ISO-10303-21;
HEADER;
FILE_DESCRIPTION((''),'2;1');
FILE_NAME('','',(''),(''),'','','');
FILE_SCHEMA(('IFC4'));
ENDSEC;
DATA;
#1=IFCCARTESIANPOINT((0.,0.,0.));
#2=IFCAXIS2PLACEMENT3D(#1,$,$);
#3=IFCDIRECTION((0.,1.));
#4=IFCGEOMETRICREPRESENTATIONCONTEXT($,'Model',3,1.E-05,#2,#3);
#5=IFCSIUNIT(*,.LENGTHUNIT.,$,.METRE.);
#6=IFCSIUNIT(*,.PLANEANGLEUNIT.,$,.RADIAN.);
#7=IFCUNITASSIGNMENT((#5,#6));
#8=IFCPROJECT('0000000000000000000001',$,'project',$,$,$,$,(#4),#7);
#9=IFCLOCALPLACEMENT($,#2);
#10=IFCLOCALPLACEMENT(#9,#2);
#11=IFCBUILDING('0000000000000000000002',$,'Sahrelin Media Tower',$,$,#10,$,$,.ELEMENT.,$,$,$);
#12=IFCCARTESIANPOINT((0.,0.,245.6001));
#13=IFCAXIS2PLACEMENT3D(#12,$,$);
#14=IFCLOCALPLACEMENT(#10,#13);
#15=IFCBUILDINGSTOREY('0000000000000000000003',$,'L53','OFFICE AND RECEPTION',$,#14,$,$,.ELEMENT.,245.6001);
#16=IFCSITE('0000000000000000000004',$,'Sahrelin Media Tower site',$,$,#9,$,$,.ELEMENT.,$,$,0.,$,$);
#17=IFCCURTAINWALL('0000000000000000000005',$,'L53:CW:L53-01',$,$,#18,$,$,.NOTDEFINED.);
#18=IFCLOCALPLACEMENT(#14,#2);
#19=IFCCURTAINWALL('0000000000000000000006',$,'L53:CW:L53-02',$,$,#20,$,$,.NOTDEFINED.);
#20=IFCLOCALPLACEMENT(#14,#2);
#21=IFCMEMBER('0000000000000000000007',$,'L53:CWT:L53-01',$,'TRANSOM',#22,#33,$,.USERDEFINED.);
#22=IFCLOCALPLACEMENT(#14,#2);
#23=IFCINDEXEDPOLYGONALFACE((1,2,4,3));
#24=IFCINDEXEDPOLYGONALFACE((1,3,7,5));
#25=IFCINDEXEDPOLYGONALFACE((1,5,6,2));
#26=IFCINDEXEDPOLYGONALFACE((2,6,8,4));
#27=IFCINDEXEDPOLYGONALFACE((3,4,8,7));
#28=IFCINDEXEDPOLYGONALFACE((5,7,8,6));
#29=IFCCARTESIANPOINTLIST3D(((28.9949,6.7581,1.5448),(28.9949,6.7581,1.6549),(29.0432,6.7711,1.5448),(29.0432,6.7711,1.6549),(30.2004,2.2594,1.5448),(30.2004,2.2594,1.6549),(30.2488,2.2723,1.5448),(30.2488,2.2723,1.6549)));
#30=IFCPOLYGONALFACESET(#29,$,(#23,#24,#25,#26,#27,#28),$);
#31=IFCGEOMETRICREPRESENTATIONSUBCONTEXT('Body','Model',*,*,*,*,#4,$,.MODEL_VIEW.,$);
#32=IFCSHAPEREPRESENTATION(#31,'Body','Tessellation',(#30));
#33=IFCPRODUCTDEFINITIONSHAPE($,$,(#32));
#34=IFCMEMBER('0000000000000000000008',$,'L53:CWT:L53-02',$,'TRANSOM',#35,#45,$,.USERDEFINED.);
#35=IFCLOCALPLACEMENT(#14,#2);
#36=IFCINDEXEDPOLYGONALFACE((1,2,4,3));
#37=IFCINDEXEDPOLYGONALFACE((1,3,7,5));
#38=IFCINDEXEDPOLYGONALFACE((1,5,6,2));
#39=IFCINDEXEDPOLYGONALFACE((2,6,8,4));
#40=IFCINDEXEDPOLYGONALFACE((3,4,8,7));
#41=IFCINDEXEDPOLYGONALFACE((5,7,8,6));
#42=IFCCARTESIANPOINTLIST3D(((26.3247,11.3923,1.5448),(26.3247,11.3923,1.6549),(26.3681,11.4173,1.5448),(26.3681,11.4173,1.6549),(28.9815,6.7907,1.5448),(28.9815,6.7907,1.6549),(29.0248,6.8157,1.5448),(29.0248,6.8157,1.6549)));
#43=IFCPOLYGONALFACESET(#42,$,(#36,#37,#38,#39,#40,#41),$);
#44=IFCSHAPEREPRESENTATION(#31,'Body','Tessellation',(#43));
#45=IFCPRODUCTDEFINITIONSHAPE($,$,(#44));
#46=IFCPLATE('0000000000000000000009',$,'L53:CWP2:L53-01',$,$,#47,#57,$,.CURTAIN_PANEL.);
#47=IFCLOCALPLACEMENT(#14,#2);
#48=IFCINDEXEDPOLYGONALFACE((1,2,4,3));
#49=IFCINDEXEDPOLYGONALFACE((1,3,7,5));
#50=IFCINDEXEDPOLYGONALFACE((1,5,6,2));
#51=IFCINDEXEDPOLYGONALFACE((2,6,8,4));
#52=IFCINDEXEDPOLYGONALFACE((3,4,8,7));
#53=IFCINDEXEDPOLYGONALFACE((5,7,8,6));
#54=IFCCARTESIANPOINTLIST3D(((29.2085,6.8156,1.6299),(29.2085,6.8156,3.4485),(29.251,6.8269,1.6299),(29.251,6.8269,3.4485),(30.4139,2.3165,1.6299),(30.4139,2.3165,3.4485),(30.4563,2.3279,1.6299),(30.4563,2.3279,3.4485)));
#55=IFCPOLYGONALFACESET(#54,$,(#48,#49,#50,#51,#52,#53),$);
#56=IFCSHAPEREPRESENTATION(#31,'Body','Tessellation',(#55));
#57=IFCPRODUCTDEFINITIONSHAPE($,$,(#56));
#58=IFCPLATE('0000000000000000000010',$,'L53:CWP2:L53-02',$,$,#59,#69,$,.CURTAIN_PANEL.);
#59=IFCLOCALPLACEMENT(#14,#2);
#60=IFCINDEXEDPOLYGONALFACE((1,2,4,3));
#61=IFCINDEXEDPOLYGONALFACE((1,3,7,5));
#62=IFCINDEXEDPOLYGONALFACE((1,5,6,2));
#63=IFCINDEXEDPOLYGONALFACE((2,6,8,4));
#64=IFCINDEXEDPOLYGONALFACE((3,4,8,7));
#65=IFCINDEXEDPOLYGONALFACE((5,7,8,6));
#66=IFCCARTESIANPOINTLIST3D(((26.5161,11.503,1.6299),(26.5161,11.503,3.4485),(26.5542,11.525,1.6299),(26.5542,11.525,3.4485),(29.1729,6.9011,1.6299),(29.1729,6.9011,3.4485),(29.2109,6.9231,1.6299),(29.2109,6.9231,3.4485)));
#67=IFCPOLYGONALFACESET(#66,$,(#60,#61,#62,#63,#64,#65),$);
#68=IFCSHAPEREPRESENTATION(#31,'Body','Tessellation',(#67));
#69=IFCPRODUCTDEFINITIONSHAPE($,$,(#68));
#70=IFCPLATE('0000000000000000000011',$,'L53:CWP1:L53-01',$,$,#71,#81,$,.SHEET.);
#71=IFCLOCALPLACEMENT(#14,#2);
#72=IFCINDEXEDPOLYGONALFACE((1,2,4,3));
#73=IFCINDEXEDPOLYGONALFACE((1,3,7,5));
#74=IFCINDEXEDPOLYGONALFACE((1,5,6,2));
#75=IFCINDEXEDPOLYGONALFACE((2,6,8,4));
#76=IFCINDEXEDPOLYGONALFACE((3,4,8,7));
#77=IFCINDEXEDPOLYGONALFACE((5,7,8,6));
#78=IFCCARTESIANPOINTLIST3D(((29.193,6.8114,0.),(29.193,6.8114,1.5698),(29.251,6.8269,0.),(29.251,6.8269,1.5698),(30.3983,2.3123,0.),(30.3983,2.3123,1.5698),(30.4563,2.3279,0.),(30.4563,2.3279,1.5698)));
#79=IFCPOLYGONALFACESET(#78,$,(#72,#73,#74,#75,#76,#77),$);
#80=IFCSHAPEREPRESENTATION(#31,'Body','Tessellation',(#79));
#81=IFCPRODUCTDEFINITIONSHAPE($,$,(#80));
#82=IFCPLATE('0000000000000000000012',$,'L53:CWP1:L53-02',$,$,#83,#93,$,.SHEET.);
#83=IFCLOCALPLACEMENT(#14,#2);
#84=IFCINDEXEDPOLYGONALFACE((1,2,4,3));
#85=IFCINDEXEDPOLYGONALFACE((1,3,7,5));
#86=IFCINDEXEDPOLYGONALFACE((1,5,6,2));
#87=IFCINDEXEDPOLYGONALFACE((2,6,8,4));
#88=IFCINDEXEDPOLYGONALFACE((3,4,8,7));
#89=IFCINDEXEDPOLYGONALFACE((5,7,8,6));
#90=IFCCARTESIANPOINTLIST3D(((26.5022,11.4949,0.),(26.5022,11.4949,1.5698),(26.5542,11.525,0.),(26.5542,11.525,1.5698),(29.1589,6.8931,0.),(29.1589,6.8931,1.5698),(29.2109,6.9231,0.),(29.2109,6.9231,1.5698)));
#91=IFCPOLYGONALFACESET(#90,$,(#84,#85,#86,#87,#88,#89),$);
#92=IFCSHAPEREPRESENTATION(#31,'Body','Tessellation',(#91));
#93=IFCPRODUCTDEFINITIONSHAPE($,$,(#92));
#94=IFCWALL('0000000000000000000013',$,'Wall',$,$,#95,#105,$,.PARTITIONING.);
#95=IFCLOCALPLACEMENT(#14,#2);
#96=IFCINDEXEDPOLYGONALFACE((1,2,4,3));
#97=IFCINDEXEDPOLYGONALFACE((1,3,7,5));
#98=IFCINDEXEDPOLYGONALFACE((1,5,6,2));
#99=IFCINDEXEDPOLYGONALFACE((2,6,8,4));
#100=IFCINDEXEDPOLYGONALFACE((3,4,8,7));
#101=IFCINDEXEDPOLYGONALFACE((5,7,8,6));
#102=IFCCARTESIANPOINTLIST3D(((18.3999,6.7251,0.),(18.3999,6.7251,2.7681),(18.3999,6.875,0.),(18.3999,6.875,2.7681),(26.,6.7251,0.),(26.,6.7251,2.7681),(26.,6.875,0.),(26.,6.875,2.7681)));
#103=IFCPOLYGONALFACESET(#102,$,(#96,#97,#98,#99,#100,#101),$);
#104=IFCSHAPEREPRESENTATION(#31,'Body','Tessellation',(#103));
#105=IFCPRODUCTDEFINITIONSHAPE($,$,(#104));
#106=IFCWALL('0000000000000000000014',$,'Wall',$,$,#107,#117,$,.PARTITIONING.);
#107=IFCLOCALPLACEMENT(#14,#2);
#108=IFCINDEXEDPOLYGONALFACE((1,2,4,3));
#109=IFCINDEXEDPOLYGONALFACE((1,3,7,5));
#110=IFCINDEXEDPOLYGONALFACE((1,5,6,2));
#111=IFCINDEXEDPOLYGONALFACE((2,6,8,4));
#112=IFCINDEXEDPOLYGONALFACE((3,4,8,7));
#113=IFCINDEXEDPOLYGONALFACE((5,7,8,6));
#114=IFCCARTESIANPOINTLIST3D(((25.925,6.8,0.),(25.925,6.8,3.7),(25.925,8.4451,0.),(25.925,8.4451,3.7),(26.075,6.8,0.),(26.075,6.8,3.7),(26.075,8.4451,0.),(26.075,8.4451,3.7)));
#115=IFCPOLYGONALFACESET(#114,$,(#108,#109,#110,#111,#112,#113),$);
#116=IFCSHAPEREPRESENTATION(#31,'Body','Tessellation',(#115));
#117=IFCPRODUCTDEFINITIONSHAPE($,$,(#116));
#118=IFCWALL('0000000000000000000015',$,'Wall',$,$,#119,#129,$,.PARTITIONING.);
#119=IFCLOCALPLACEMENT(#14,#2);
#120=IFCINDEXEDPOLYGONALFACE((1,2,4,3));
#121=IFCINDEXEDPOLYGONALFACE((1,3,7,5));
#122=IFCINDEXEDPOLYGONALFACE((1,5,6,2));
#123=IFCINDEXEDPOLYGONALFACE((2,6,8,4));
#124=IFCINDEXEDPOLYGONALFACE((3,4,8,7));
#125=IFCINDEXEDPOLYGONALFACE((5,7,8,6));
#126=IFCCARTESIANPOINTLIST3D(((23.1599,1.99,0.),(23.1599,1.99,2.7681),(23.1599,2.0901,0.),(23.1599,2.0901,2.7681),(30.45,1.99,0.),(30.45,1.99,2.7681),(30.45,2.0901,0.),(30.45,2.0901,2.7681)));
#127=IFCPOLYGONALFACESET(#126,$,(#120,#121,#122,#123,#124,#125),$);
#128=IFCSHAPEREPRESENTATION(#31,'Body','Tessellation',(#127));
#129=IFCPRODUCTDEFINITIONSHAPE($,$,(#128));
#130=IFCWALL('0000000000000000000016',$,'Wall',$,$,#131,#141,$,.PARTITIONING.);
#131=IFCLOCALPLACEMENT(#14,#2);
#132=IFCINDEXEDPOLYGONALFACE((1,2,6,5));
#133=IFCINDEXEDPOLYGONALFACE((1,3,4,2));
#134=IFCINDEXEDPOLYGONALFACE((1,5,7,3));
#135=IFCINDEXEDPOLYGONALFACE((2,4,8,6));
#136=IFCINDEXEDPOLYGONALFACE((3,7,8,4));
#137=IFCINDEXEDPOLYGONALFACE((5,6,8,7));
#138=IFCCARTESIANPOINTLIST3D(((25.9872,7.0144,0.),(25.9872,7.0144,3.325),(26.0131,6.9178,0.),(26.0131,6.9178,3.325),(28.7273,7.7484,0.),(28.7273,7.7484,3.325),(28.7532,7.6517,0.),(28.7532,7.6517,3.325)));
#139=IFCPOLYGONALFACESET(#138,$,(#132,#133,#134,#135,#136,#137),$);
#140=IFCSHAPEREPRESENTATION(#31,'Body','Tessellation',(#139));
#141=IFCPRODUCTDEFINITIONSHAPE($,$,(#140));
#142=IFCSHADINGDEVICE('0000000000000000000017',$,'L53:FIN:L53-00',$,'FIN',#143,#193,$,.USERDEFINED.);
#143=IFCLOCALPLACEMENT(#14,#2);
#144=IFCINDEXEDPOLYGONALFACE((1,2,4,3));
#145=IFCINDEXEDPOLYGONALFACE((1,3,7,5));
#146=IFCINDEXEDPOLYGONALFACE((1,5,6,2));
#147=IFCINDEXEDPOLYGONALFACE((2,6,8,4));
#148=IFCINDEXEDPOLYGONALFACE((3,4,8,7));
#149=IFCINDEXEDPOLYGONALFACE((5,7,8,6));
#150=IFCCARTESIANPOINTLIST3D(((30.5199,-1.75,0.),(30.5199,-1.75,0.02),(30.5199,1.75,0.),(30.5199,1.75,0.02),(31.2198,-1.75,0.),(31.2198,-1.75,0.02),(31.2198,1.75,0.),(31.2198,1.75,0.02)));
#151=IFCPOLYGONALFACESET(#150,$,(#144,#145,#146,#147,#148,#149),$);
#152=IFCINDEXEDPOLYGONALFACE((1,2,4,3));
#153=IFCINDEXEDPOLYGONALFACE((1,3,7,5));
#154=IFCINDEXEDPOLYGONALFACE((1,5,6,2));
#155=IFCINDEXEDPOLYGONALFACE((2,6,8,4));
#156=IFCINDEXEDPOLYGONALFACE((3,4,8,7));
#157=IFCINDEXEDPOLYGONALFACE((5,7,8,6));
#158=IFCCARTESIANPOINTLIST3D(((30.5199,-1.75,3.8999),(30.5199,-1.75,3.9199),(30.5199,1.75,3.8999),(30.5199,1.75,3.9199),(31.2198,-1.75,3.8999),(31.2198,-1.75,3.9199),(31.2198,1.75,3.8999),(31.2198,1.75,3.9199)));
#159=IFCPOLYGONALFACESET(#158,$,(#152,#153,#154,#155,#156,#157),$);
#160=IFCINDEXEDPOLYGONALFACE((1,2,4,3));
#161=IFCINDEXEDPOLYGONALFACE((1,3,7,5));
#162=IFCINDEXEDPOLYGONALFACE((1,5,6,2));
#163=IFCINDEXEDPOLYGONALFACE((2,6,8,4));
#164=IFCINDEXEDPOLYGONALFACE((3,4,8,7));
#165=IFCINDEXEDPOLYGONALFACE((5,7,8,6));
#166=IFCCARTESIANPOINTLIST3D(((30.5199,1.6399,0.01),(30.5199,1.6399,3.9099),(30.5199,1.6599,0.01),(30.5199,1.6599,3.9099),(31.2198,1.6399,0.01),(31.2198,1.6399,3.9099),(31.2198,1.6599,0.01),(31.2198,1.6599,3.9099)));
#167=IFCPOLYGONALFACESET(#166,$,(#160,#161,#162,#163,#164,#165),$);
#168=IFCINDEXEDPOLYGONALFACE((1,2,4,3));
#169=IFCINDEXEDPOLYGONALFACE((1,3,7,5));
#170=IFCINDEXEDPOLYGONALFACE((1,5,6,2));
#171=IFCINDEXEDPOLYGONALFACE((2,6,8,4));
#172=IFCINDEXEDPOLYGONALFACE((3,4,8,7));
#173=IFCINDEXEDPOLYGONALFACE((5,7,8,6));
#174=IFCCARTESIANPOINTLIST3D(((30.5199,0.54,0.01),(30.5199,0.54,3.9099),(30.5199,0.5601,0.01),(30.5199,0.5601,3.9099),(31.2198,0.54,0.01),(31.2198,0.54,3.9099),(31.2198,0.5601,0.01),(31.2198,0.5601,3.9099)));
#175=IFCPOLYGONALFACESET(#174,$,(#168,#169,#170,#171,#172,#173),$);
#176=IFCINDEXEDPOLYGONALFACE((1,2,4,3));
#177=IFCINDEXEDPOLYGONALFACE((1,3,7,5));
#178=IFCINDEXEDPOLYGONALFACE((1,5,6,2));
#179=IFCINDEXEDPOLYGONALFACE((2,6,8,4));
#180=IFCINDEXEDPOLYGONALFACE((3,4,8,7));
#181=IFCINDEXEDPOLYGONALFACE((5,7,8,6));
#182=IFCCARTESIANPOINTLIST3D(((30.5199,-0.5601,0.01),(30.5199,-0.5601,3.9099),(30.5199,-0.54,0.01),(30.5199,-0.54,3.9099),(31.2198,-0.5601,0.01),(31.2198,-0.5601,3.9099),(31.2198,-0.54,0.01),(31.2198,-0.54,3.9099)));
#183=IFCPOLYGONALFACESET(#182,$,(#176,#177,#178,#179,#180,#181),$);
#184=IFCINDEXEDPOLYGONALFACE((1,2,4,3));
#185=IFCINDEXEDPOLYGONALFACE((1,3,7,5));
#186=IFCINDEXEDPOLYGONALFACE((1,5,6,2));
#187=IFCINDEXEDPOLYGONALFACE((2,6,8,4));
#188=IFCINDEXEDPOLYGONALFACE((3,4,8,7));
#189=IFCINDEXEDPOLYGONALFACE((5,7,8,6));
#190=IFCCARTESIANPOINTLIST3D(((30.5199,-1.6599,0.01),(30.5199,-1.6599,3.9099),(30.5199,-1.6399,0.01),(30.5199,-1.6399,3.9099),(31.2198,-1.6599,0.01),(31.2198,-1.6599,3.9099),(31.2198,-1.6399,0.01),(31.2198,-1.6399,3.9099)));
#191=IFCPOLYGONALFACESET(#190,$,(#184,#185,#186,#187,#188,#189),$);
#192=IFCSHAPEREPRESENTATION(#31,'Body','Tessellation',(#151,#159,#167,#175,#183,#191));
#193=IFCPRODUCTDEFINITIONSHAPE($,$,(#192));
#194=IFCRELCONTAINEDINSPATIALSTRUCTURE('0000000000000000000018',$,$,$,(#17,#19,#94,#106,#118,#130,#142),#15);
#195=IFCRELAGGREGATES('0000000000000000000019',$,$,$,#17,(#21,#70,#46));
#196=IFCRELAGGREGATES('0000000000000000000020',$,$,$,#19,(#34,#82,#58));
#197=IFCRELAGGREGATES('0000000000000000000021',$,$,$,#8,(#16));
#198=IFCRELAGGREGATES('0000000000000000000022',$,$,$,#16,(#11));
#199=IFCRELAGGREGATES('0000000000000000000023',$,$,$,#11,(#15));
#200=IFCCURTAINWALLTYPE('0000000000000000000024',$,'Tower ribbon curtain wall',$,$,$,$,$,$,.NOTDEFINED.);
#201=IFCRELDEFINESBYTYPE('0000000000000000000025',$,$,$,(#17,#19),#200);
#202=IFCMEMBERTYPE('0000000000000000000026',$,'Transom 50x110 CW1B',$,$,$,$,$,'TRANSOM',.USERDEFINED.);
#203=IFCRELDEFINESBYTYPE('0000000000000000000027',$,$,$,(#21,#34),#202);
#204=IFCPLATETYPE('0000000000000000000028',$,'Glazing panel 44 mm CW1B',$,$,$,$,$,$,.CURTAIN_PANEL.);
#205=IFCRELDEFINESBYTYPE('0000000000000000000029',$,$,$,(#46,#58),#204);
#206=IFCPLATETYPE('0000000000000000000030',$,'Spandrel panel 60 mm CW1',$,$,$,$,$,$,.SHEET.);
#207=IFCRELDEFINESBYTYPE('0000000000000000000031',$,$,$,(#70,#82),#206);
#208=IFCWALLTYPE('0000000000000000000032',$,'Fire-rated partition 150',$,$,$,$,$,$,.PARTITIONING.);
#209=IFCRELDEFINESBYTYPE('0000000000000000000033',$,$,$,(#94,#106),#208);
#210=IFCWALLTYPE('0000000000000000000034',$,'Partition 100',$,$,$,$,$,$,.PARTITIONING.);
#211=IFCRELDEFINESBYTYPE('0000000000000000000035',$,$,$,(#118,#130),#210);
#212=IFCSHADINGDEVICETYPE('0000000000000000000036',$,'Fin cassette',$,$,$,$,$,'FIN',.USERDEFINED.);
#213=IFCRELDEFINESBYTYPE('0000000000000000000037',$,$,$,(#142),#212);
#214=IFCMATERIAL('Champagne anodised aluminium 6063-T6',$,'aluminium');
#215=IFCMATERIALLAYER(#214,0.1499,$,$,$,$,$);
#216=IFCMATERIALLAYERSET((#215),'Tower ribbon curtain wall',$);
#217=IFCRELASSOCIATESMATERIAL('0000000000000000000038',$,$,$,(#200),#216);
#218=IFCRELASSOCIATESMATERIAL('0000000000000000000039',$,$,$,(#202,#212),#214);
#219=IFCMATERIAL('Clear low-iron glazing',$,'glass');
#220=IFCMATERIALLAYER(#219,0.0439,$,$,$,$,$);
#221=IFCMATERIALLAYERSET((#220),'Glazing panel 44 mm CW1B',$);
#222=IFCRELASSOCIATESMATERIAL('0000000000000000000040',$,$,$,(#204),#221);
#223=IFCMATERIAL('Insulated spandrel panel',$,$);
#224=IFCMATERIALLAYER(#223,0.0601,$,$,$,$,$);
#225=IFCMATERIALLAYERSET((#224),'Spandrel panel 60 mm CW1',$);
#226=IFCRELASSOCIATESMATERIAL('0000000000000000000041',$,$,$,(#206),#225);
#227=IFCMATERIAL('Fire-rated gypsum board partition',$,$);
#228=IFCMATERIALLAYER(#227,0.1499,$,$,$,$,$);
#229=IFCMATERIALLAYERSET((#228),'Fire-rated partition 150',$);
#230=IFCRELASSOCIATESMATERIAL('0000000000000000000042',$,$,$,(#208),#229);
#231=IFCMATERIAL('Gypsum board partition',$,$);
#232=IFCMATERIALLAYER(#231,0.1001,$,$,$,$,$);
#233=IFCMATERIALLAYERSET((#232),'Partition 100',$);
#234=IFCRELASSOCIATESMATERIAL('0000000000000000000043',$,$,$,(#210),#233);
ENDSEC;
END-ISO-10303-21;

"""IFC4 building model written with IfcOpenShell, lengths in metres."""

from ifc_helpers import new_model, si_unit, direction, frame, frame_2d, origin, origin_2d, place, context, subcontext, project, spatial, polyline, rectangle, outline, extrude, material, layer, layer_set, material_profile, profile_set, type_object, element, aggregate, save


model = new_model("IFC4")

# Units and contexts
model_context = context("Model", 3, precision=1e-05, world=origin(), true_north=direction((0.0, 1.0)))
body_context = subcontext(model_context, "Body", "Model", "MODEL_VIEW")
ifc_project = project(units=[si_unit("LENGTHUNIT", "METRE"), si_unit("PLANEANGLEUNIT", "RADIAN")], contexts=[model_context])

# Site, building, storey
site_placement = place(None, origin())
site = spatial("IfcSite", under=ifc_project, at=site_placement, Name="Sahrelin Media Tower site", CompositionType="ELEMENT", RefElevation=0.0)
building_placement = place(site_placement, origin())
building = spatial("IfcBuilding", under=site, at=building_placement, Name="Sahrelin Media Tower", CompositionType="ELEMENT")
storey_placement = place(building_placement, frame((0.0, 0.0, 245.6001)))
storey = spatial("IfcBuildingStorey", under=building, at=storey_placement, Name="L53", Description="OFFICE AND RECEPTION", CompositionType="ELEMENT", Elevation=245.6001)

# Curtain walls
ifc_material_1 = material(Name="Champagne anodised aluminium 6063-T6", Category="aluminium")
ifc_layer_1 = layer(ifc_material_1, 0.1499)
ifc_layer_set_1 = layer_set([ifc_layer_1], Name="Tower ribbon curtain wall")
curtain_wall_type = type_object("IfcCurtainWallType", Name="Tower ribbon curtain wall", PredefinedType="NOTDEFINED", material=ifc_layer_set_1)
curtain_wall_1_placement = place(storey_placement, frame((29.8342, 4.5723, 0.0), z_axis=(0.0, 0.0, 1.0), x_axis=(1.0, 0.0, 0.0)))
curtain_wall_1 = element("IfcCurtainWall", 1, at=curtain_wall_1_placement, inside=storey, type_object=curtain_wall_type, Name="L53:CW:L53-01", PredefinedType="NOTDEFINED")
curtain_wall_2_placement = place(storey_placement, frame((27.8652, 9.2141, 0.0), z_axis=(0.0, 0.0, 1.0), x_axis=(1.0, 0.0, 0.0)))
curtain_wall_2 = element("IfcCurtainWall", 2, at=curtain_wall_2_placement, inside=storey, type_object=curtain_wall_type, Name="L53:CW:L53-02", PredefinedType="NOTDEFINED")

# Members
ifc_material_profile_1 = material_profile(ifc_material_1, rectangle(XDim=0.05, YDim=0.1101, at=origin_2d()), Name="Transom 50x110")
ifc_profile_set_1 = profile_set([ifc_material_profile_1], Name="Champagne anodised aluminium 6063-T6")
member_type_1 = type_object("IfcMemberType", Name="Transom 50x110 CW1B", ElementType="TRANSOM", PredefinedType="USERDEFINED", material=ifc_profile_set_1)
member_1_placement = place(storey_placement, frame((30.2246, 2.2659, 1.5999), z_axis=(-0.258844, 0.965919, 0.0), x_axis=(-0.965919, -0.258844, 0.0)))
member_1 = element("IfcMember", 3, at=member_1_placement, type_object=member_type_1, Name="L53:CWT:L53-01", ObjectType="TRANSOM", PredefinedType="USERDEFINED", context=body_context, shape_type="SweptSolid", body=[
    extrude(rectangle(XDim=0.05, YDim=0.1101, at=origin_2d()), origin(), (0.0, 0.0, 1.0), 4.6575),
])
member_2_placement = place(storey_placement, frame((29.0032, 6.8032, 1.5999), z_axis=(-0.500004, 0.866023, 0.0), x_axis=(-0.866023, -0.500004, 0.0)))
member_2 = element("IfcMember", 4, at=member_2_placement, type_object=member_type_1, Name="L53:CWT:L53-02", ObjectType="TRANSOM", PredefinedType="USERDEFINED", context=body_context, shape_type="SweptSolid", body=[
    extrude(rectangle(XDim=0.05, YDim=0.1101, at=origin_2d()), origin(), (0.0, 0.0, 1.0), 5.3135),
])

# Plates
ifc_material_2 = material(Name="Clear low-iron glazing", Category="glass")
ifc_layer_2 = layer(ifc_material_2, 0.0439)
ifc_layer_set_2 = layer_set([ifc_layer_2], Name="Glazing panel 44 mm CW1B")
plate_type_1 = type_object("IfcPlateType", Name="Glazing panel 44 mm CW1B", PredefinedType="CURTAIN_PANEL", material=ifc_layer_set_2)
plate_1_placement = place(storey_placement, frame((30.4563, 2.3279, 1.6299), z_axis=(0.965936, 0.258781, 0.0), x_axis=(-0.258781, 0.965936, 0.0)))
plate_1 = element("IfcPlate", 5, at=plate_1_placement, type_object=plate_type_1, Name="L53:CWP2:L53-01", PredefinedType="CURTAIN_PANEL", context=body_context, shape_type="SweptSolid", body=[
    extrude(outline(polyline([(0.0, 0.0), (4.6577, 0.0), (4.6577, 1.8186), (0.0, 1.8186), (0.0, 0.0)])), origin(), (0.0, 0.0, -1.0), 0.0439),
])
plate_2_placement = place(storey_placement, frame((29.2109, 6.9231, 1.6299), z_axis=(0.866035, 0.499984, 0.0), x_axis=(-0.499984, 0.866035, 0.0)))
plate_2 = element("IfcPlate", 6, at=plate_2_placement, type_object=plate_type_1, Name="L53:CWP2:L53-02", PredefinedType="CURTAIN_PANEL", context=body_context, shape_type="SweptSolid", body=[
    extrude(outline(polyline([(0.0, 0.0), (5.3137, 0.0), (5.3137, 1.8186), (0.0, 1.8186), (0.0, 0.0)])), origin(), (0.0, 0.0, -1.0), 0.0439),
])
ifc_material_3 = material(Name="Insulated spandrel panel")
ifc_layer_3 = layer(ifc_material_3, 0.0601)
ifc_layer_set_3 = layer_set([ifc_layer_3], Name="Spandrel panel 60 mm CW1")
plate_type_2 = type_object("IfcPlateType", Name="Spandrel panel 60 mm CW1", PredefinedType="SHEET", material=ifc_layer_set_3)
plate_3_placement = place(storey_placement, frame((30.4563, 2.3279, 0.0), z_axis=(0.965936, 0.258781, 0.0), x_axis=(-0.258781, 0.965936, 0.0)))
plate_3 = element("IfcPlate", 7, at=plate_3_placement, type_object=plate_type_2, Name="L53:CWP1:L53-01", PredefinedType="SHEET", context=body_context, shape_type="SweptSolid", body=[
    extrude(outline(polyline([(0.0, 0.0), (4.6577, 0.0), (4.6577, 1.5698), (0.0, 1.5698), (0.0, 0.0)])), origin(), (0.0, 0.0, -1.0), 0.0601),
])
aggregate(curtain_wall_1, [member_1, plate_3, plate_1])
plate_4_placement = place(storey_placement, frame((29.2109, 6.9231, 0.0), z_axis=(0.866035, 0.499984, 0.0), x_axis=(-0.499984, 0.866035, 0.0)))
plate_4 = element("IfcPlate", 8, at=plate_4_placement, type_object=plate_type_2, Name="L53:CWP1:L53-02", PredefinedType="SHEET", context=body_context, shape_type="SweptSolid", body=[
    extrude(outline(polyline([(0.0, 0.0), (5.3137, 0.0), (5.3137, 1.5698), (0.0, 1.5698), (0.0, 0.0)])), origin(), (0.0, 0.0, -1.0), 0.0601),
])
aggregate(curtain_wall_2, [member_2, plate_4, plate_2])

# Walls
ifc_material_4 = material(Name="Fire-rated gypsum board partition")
ifc_layer_4 = layer(ifc_material_4, 0.1499)
ifc_layer_set_4 = layer_set([ifc_layer_4], Name="Fire-rated partition 150")
wall_type_1 = type_object("IfcWallType", Name="Fire-rated partition 150", PredefinedType="PARTITIONING", material=ifc_layer_set_4)
wall_1_placement = place(storey_placement, frame((18.3999, 6.8, 0.0), z_axis=(0.0, 0.0, 1.0), x_axis=(1.0, 0.0, 0.0)))
element("IfcWall", 9, at=wall_1_placement, inside=storey, type_object=wall_type_1, Name="Wall", PredefinedType="PARTITIONING", context=body_context, shape_type="SweptSolid", body=[
    extrude(rectangle(XDim=7.6001, YDim=0.1499, at=frame_2d((3.8, 0.0))), origin(), (0.0, 0.0, 1.0), 2.7681),
])
wall_2_placement = place(storey_placement, frame((26.0, 6.8, 0.0), z_axis=(0.0, 0.0, 1.0), x_axis=(0.0, 1.0, 0.0)))
element("IfcWall", 10, at=wall_2_placement, inside=storey, type_object=wall_type_1, Name="Wall", PredefinedType="PARTITIONING", context=body_context, shape_type="SweptSolid", body=[
    extrude(rectangle(XDim=1.645, YDim=0.1499, at=frame_2d((0.8225, 0.0))), origin(), (0.0, 0.0, 1.0), 3.7),
])
ifc_material_5 = material(Name="Gypsum board partition")
ifc_layer_5 = layer(ifc_material_5, 0.1001)
ifc_layer_set_5 = layer_set([ifc_layer_5], Name="Partition 100")
wall_type_2 = type_object("IfcWallType", Name="Partition 100", PredefinedType="PARTITIONING", material=ifc_layer_set_5)
wall_3_placement = place(storey_placement, frame((23.1599, 2.04, 0.0), z_axis=(0.0, 0.0, 1.0), x_axis=(1.0, 0.0, 0.0)))
element("IfcWall", 11, at=wall_3_placement, inside=storey, type_object=wall_type_2, Name="Wall", PredefinedType="PARTITIONING", context=body_context, shape_type="SweptSolid", body=[
    extrude(rectangle(XDim=7.29, YDim=0.1001, at=frame_2d((3.645, 0.0))), origin(), (0.0, 0.0, 1.0), 2.7681),
])
wall_4_placement = place(storey_placement, frame((26.0, 6.9661, 0.0), z_axis=(0.0, 0.0, 1.0), x_axis=(0.965952, 0.258723, 0.0)))
element("IfcWall", 12, at=wall_4_placement, inside=storey, type_object=wall_type_2, Name="Wall", PredefinedType="PARTITIONING", context=body_context, shape_type="SweptSolid", body=[
    extrude(rectangle(XDim=2.8367, YDim=0.1001, at=frame_2d((1.4185, 0.0))), origin(), (0.0, 0.0, 1.0), 3.325),
])

# Shading device
shading_device_type_1 = type_object("IfcShadingDeviceType", Name="Fin cassette", ElementType="FIN", PredefinedType="USERDEFINED", material=ifc_material_1)
placement_1 = place(storey_placement, frame((30.45, 0.0, 0.0), z_axis=(0.0, 0.0, 1.0), x_axis=(0.0, -1.0, 0.0)))
element("IfcShadingDevice", 13, at=placement_1, inside=storey, type_object=shading_device_type_1, Name="L53:FIN:L53-00", ObjectType="FIN", PredefinedType="USERDEFINED", context=body_context, shape_type="SweptSolid", body=[
    extrude(rectangle(XDim=3.5, YDim=0.7, at=origin_2d()), frame((0.0, 0.4199, 0.0)), (0.0, 0.0, 1.0), 0.02),
    extrude(rectangle(XDim=3.5, YDim=0.7, at=origin_2d()), frame((0.0, 0.4199, 3.8999)), (0.0, 0.0, 1.0), 0.02),
    extrude(rectangle(XDim=0.02, YDim=0.7, at=origin_2d()), frame((-1.6499, 0.4199, 0.01), z_axis=(0.0, 0.0, 1.0), x_axis=(1.0, 0.0, 0.0)), (0.0, 0.0, 1.0), 3.8999),
    extrude(rectangle(XDim=0.02, YDim=0.7, at=origin_2d()), frame((-0.55, 0.4199, 0.01), z_axis=(0.0, 0.0, 1.0), x_axis=(1.0, 0.0, 0.0)), (0.0, 0.0, 1.0), 3.8999),
    extrude(rectangle(XDim=0.02, YDim=0.7, at=origin_2d()), frame((0.55, 0.4199, 0.01), z_axis=(0.0, 0.0, 1.0), x_axis=(1.0, 0.0, 0.0)), (0.0, 0.0, 1.0), 3.8999),
    extrude(rectangle(XDim=0.02, YDim=0.7, at=origin_2d()), frame((1.6499, 0.4199, 0.01), z_axis=(0.0, 0.0, 1.0), x_axis=(1.0, 0.0, 0.0)), (0.0, 0.0, 1.0), 3.8999),
])

save(model, "model.ifc")
